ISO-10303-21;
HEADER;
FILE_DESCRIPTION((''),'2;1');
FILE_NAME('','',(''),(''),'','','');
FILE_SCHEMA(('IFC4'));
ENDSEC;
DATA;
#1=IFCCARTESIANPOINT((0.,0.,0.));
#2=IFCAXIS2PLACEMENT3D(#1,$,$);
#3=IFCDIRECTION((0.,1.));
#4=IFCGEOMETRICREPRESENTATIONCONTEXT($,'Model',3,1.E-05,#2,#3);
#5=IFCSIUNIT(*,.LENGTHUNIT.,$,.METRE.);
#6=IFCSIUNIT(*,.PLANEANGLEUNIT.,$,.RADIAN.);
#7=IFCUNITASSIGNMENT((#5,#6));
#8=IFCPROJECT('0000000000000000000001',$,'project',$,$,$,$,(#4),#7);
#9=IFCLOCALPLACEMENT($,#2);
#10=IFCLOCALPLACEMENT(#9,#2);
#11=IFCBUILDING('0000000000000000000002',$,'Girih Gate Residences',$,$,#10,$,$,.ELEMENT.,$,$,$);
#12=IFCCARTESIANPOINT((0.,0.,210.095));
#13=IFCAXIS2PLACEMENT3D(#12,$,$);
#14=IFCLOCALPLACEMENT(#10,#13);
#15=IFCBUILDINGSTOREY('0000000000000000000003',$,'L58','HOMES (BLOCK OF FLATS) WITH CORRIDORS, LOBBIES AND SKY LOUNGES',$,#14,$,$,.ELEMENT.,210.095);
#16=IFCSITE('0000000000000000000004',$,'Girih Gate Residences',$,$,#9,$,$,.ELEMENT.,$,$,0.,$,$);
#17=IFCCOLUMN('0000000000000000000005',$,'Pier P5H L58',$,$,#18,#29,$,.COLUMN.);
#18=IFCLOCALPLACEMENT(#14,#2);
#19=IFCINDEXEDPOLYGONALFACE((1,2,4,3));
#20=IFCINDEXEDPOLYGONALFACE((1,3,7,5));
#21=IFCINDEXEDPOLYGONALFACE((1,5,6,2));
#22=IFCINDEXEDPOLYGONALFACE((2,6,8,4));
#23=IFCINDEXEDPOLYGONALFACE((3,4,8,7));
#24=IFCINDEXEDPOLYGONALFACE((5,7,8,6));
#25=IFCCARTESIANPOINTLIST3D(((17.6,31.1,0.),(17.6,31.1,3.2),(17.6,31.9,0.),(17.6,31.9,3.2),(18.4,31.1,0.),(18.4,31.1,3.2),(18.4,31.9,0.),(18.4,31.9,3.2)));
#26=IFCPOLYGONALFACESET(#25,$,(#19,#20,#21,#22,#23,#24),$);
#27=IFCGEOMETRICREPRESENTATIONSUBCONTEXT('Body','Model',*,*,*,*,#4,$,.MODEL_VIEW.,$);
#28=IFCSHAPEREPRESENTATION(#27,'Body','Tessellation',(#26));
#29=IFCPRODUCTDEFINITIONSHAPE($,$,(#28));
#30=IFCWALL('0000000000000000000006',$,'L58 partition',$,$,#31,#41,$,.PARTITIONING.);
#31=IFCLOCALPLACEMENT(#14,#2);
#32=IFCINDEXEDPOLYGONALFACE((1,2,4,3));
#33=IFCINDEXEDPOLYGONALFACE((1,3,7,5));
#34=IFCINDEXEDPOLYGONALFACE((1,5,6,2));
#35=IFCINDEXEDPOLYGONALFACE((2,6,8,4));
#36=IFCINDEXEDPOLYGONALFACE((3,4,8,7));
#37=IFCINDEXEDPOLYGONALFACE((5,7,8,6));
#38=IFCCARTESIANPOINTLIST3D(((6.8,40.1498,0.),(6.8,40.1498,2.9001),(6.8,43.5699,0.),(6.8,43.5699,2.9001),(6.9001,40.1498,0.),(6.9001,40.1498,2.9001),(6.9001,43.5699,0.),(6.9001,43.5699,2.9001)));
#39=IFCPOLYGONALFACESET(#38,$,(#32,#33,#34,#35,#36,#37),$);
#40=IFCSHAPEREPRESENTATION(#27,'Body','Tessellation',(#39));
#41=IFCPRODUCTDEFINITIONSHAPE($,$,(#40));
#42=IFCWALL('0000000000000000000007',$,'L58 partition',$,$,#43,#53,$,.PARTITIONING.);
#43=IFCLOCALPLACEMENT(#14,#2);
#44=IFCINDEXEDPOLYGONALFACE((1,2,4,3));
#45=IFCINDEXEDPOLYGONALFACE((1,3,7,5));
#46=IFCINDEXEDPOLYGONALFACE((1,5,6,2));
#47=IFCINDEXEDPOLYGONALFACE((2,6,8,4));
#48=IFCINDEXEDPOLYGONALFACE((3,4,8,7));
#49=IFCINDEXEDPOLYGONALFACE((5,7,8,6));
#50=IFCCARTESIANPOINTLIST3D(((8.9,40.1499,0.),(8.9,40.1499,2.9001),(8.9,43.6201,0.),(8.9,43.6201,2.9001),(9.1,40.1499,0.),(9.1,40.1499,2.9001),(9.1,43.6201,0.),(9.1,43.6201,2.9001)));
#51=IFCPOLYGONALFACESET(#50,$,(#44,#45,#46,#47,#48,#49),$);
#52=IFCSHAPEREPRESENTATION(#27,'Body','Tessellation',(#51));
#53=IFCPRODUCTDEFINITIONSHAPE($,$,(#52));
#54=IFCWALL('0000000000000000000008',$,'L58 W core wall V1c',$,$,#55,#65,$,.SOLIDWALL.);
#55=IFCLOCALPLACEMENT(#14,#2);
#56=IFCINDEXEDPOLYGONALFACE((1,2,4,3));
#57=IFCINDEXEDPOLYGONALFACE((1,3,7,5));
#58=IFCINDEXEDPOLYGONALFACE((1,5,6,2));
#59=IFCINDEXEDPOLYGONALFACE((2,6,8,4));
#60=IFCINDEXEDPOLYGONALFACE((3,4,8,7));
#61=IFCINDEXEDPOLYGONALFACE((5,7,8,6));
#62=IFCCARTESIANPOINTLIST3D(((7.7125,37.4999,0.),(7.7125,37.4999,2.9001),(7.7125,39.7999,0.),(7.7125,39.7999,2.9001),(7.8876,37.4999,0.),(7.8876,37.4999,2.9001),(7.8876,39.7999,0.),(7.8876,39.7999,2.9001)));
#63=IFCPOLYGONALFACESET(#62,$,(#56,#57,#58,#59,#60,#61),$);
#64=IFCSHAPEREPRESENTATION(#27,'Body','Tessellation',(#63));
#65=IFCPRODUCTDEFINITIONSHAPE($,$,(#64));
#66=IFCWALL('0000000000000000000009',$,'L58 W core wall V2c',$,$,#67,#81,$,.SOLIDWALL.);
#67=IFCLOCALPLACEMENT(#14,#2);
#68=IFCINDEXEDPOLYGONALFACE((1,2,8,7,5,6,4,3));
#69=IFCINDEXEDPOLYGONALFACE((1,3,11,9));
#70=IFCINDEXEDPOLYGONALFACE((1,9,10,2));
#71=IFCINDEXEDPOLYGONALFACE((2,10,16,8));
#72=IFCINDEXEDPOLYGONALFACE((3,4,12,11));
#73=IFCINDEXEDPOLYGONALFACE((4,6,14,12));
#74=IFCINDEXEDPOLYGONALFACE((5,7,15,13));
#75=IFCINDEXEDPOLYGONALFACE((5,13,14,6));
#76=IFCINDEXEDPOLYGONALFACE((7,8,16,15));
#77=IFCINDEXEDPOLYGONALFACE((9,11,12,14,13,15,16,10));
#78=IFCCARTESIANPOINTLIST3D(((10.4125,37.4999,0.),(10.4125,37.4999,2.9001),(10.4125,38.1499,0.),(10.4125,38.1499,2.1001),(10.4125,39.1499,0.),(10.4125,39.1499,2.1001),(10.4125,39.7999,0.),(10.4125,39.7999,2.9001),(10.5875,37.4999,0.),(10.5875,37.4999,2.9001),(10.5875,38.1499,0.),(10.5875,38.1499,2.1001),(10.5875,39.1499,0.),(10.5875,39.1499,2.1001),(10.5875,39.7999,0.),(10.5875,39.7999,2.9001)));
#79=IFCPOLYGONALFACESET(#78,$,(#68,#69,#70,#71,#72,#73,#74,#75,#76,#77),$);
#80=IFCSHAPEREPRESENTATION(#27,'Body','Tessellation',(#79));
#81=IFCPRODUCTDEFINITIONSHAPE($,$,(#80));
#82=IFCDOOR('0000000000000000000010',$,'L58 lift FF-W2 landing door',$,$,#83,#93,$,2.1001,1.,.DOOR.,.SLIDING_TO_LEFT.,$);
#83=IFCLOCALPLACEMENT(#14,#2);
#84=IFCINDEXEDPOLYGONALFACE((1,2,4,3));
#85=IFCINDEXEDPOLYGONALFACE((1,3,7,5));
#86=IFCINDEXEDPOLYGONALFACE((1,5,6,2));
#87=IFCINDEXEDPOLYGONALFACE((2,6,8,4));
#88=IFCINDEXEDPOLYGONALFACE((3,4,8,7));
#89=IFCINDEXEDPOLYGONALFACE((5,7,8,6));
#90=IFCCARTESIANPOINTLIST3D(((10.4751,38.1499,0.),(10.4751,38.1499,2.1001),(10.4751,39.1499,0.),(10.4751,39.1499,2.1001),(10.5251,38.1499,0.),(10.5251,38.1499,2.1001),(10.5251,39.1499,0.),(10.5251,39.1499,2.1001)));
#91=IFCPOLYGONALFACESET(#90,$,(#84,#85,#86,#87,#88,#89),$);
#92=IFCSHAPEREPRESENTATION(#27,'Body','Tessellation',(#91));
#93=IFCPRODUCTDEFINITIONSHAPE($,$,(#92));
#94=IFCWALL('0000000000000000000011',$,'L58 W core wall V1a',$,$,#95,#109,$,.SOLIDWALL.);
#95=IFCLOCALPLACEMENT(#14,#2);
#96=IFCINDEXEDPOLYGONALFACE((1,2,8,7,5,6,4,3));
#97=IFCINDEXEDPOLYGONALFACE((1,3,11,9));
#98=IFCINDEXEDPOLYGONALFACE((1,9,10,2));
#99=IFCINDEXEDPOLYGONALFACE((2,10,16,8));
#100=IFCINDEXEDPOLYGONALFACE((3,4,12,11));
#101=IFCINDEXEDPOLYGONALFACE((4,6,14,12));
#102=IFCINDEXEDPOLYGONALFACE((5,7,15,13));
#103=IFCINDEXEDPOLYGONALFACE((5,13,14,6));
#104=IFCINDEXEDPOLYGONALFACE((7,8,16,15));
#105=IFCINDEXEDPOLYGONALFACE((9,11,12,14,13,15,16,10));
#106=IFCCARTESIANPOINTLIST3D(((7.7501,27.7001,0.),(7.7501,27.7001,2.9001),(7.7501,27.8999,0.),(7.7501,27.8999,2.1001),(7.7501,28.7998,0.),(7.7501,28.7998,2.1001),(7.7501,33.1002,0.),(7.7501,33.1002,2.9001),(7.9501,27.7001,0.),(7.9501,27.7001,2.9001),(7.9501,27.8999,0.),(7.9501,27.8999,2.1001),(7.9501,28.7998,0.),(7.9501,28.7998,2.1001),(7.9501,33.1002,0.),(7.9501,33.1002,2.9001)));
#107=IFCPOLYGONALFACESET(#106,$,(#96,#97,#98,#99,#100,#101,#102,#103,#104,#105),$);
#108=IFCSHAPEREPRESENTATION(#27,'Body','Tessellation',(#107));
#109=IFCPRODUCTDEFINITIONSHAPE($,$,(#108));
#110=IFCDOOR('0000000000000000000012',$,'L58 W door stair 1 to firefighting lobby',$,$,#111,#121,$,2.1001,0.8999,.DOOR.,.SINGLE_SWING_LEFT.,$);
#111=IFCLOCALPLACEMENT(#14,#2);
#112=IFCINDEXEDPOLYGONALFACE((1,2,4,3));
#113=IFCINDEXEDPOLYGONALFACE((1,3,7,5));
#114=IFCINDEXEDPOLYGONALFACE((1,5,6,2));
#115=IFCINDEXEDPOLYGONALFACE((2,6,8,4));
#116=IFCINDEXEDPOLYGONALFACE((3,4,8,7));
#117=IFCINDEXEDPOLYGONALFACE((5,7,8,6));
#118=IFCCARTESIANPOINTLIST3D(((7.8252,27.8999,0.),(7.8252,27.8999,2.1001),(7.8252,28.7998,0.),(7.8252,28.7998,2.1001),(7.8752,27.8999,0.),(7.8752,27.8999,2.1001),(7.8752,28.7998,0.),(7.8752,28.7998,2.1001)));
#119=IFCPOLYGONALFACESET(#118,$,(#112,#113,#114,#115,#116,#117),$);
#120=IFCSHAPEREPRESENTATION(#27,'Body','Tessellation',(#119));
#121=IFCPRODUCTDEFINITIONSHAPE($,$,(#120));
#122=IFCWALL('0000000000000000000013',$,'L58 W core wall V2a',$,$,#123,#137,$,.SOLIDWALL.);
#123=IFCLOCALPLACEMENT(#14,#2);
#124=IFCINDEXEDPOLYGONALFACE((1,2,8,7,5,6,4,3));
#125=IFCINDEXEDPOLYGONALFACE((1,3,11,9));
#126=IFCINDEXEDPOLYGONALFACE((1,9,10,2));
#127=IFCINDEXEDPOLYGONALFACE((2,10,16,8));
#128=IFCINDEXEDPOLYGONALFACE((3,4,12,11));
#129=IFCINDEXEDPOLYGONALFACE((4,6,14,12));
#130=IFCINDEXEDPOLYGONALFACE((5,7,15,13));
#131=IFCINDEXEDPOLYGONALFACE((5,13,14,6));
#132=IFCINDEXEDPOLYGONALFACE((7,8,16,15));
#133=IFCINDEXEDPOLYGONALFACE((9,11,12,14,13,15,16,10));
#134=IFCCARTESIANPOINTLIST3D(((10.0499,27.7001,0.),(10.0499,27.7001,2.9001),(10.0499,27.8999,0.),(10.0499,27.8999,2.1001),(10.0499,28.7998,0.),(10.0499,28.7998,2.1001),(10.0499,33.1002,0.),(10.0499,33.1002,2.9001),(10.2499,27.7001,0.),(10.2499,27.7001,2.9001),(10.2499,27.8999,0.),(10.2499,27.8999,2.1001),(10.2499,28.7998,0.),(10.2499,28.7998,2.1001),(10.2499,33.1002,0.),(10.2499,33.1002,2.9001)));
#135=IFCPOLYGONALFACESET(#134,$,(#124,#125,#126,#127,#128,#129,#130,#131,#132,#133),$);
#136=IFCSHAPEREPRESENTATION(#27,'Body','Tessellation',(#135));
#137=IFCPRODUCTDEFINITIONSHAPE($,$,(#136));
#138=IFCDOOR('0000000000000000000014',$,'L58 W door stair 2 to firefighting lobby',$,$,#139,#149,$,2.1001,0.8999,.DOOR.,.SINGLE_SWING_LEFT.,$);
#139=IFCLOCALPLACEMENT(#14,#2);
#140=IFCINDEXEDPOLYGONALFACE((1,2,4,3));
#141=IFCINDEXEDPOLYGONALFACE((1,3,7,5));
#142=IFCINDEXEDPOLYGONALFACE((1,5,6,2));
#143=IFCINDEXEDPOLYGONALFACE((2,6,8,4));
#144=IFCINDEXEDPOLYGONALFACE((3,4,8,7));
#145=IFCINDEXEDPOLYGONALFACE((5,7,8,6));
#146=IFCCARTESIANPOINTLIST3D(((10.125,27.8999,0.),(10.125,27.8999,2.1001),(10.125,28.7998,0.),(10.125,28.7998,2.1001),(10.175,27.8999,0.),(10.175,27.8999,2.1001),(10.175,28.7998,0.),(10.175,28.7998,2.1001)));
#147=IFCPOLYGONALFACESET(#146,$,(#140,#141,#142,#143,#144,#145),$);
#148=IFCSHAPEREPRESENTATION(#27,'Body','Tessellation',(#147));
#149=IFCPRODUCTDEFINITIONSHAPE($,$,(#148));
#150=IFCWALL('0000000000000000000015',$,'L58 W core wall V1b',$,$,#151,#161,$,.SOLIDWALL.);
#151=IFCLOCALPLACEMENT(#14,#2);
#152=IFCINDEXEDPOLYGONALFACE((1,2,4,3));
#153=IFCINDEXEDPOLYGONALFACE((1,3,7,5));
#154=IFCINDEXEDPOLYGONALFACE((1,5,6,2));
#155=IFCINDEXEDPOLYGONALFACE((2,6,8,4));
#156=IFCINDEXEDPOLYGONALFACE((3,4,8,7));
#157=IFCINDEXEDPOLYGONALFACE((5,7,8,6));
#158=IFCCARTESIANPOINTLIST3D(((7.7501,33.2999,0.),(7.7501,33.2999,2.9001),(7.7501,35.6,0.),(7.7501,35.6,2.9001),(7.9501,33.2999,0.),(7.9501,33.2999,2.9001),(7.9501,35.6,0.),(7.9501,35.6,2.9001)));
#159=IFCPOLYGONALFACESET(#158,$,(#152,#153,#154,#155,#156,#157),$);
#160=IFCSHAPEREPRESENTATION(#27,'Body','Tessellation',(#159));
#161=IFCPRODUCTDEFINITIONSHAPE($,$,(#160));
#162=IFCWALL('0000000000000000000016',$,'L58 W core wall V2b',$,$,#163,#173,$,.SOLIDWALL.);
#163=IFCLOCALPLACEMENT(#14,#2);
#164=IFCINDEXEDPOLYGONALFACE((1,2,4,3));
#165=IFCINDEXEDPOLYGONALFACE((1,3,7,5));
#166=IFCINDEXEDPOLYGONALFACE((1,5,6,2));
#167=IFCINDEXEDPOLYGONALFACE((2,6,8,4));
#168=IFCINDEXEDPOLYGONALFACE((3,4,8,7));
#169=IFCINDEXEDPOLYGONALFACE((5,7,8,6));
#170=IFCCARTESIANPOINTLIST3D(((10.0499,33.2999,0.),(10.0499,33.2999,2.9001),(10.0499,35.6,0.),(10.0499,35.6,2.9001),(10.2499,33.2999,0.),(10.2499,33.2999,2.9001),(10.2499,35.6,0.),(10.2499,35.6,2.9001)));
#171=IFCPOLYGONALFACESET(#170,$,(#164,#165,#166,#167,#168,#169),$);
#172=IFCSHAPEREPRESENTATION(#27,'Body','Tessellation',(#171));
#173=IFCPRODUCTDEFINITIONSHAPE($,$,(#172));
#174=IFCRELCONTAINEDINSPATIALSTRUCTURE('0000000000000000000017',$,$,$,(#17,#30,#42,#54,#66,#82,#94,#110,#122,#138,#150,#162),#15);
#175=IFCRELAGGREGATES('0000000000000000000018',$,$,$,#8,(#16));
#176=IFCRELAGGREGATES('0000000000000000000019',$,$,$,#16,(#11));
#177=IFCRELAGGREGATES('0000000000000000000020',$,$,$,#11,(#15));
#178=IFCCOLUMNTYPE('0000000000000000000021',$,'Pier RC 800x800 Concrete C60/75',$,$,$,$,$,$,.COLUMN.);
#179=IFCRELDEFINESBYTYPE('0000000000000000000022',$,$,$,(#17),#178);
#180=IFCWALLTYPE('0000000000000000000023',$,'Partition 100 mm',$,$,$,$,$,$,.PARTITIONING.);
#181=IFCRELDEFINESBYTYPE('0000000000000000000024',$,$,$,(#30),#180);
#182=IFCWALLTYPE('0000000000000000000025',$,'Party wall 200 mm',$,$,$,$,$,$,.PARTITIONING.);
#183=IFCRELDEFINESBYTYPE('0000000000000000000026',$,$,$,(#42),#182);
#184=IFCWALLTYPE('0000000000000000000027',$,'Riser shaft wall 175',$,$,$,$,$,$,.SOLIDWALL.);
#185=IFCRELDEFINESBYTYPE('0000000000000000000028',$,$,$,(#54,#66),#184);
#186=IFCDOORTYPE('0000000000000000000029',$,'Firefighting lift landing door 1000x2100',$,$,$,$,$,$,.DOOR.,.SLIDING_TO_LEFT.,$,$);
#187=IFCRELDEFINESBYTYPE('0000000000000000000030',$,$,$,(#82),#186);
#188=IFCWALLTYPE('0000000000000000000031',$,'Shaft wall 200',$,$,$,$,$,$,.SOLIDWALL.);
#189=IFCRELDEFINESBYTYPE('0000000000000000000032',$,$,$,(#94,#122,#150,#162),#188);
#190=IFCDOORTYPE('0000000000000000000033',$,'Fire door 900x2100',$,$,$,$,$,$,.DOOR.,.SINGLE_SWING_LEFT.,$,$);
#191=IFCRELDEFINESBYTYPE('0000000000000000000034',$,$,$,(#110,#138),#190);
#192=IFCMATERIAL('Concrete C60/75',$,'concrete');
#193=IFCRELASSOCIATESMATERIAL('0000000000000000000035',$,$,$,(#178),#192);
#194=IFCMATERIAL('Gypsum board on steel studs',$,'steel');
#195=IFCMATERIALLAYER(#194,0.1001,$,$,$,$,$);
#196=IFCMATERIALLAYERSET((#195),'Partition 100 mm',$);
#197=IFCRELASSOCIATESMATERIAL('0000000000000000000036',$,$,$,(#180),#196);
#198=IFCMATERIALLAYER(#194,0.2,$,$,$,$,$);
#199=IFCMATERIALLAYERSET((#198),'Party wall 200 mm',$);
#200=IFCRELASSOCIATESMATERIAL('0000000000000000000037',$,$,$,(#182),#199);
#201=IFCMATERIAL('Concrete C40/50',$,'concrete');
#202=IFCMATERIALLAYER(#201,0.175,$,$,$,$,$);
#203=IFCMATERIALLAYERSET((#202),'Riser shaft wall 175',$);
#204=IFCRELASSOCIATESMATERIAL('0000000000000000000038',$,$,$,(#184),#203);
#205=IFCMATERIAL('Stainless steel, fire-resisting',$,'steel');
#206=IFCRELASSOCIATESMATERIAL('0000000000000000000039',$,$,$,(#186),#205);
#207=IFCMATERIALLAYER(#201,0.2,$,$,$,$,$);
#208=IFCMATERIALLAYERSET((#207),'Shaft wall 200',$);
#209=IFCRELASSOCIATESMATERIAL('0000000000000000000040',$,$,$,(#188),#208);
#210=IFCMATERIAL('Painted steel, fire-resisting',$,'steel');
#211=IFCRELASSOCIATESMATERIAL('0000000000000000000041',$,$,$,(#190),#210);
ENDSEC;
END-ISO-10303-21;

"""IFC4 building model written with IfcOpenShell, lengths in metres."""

from ifc_helpers import new_model, si_unit, direction, frame, frame_2d, origin, origin_2d, place, context, subcontext, project, spatial, rectangle, extrude, material, layer, layer_set, material_profile, profile_set, type_object, element, fill, save


model = new_model("IFC4")

# Units and contexts
model_context = context("Model", 3, precision=1e-05, world=origin(), true_north=direction((0.0, 1.0)))
body_context = subcontext(model_context, "Body", "Model", "MODEL_VIEW")
ifc_project = project(units=[si_unit("LENGTHUNIT", "METRE"), si_unit("PLANEANGLEUNIT", "RADIAN")], contexts=[model_context])

# Site, building, storey
site_placement = place(None, origin())
site = spatial("IfcSite", under=ifc_project, at=site_placement, Name="Girih Gate Residences", CompositionType="ELEMENT", RefElevation=0.0)
building_placement = place(site_placement, origin())
building = spatial("IfcBuilding", under=site, at=building_placement, Name="Girih Gate Residences", CompositionType="ELEMENT")
storey_placement = place(building_placement, frame((0.0, 0.0, 210.095)))
storey = spatial("IfcBuildingStorey", under=building, at=storey_placement, Name="L58", Description="HOMES (BLOCK OF FLATS) WITH CORRIDORS, LOBBIES AND SKY LOUNGES", CompositionType="ELEMENT", Elevation=210.095)

# Column
ifc_material_1 = material(Name="Concrete C60/75", Category="concrete")
ifc_material_profile = material_profile(ifc_material_1, rectangle(XDim=0.8, YDim=0.8, at=origin_2d()))
ifc_profile_set = profile_set([ifc_material_profile], Name="Concrete C60/75")
column_type = type_object("IfcColumnType", Name="Pier RC 800x800 Concrete C60/75", PredefinedType="COLUMN", material=ifc_profile_set)
column_placement = place(storey_placement, frame((18.0, 31.5, 0.0), z_axis=(0.0, 0.0, 1.0), x_axis=(1.0, 0.0, 0.0)))
element("IfcColumn", 1, at=column_placement, inside=storey, type_object=column_type, Name="Pier P5H L58", PredefinedType="COLUMN", context=body_context, shape_type="SweptSolid", body=[
    extrude(rectangle(XDim=0.8, YDim=0.8, at=origin_2d()), origin(), (0.0, 0.0, 1.0), 3.2),
])

# Walls
ifc_material_2 = material(Name="Gypsum board on steel studs", Category="steel")
ifc_layer_1 = layer(ifc_material_2, 0.1001)
ifc_layer_set_1 = layer_set([ifc_layer_1], Name="Partition 100 mm")
wall_type_1 = type_object("IfcWallType", Name="Partition 100 mm", PredefinedType="PARTITIONING", material=ifc_layer_set_1)
wall_1_placement = place(storey_placement, frame((6.8501, 40.1499, 0.0), z_axis=(0.0, 0.0, 1.0), x_axis=(0.0, 1.0, 0.0)))
element("IfcWall", 2, at=wall_1_placement, inside=storey, type_object=wall_type_1, Name="L58 partition", PredefinedType="PARTITIONING", context=body_context, shape_type="SweptSolid", body=[
    extrude(rectangle(XDim=3.4202, YDim=0.1001, at=frame_2d((1.71, 0.0))), origin(), (0.0, 0.0, 1.0), 2.9001),
])
ifc_layer_2 = layer(ifc_material_2, 0.2)
ifc_layer_set_2 = layer_set([ifc_layer_2], Name="Party wall 200 mm")
wall_type_2 = type_object("IfcWallType", Name="Party wall 200 mm", PredefinedType="PARTITIONING", material=ifc_layer_set_2)
wall_2_placement = place(storey_placement, frame((9.0, 40.1499, 0.0), z_axis=(0.0, 0.0, 1.0), x_axis=(0.0, 1.0, 0.0)))
element("IfcWall", 3, at=wall_2_placement, inside=storey, type_object=wall_type_2, Name="L58 partition", PredefinedType="PARTITIONING", context=body_context, shape_type="SweptSolid", body=[
    extrude(rectangle(XDim=3.4702, YDim=0.2, at=frame_2d((1.7351, 0.0))), origin(), (0.0, 0.0, 1.0), 2.9001),
])
ifc_material_3 = material(Name="Concrete C40/50", Category="concrete")
ifc_layer_3 = layer(ifc_material_3, 0.175)
ifc_layer_set_3 = layer_set([ifc_layer_3], Name="Riser shaft wall 175")
wall_type_3 = type_object("IfcWallType", Name="Riser shaft wall 175", PredefinedType="SOLIDWALL", material=ifc_layer_set_3)
wall_3_placement = place(storey_placement, frame((7.8, 37.5, 0.0), z_axis=(0.0, 0.0, 1.0), x_axis=(0.0, 1.0, 0.0)))
element("IfcWall", 4, at=wall_3_placement, inside=storey, type_object=wall_type_3, Name="L58 W core wall V1c", PredefinedType="SOLIDWALL", context=body_context, shape_type="SweptSolid", body=[
    extrude(rectangle(XDim=2.3, YDim=0.175, at=frame_2d((1.1499, 0.0))), origin(), (0.0, 0.0, 1.0), 2.9001),
])

# Walls, openings, doors
wall_4_placement = place(storey_placement, frame((10.5, 37.5, 0.0), z_axis=(0.0, 0.0, 1.0), x_axis=(0.0, 1.0, 0.0)))
wall_4 = element("IfcWall", 5, at=wall_4_placement, inside=storey, type_object=wall_type_3, Name="L58 W core wall V2c", PredefinedType="SOLIDWALL", context=body_context, shape_type="SweptSolid", body=[
    extrude(rectangle(XDim=2.3, YDim=0.175, at=frame_2d((1.1499, 0.0))), origin(), (0.0, 0.0, 1.0), 2.9001),
])
opening_1_placement = place(wall_4_placement, frame((0.6499, 0.0, 0.0)))
opening_1 = element("IfcOpeningElement", 6, at=opening_1_placement, cuts=wall_4, PredefinedType="OPENING", context=body_context, shape_type="SweptSolid", body=[
    extrude(rectangle(XDim=1.0, YDim=2.1001, at=frame_2d((0.5, 1.05))), frame((0.0, 0.0974, 0.0), z_axis=(0.0, -1.0, 0.0), x_axis=(1.0, 0.0, 0.0)), (0.0, 0.0, 1.0), 0.1951),
])
ifc_material_4 = material(Name="Stainless steel, fire-resisting", Category="steel")
door_type_1 = type_object("IfcDoorType", Name="Firefighting lift landing door 1000x2100", OperationType="SLIDING_TO_LEFT", PredefinedType="DOOR", material=ifc_material_4)
door_1_placement = place(opening_1_placement, origin())
door_1 = element("IfcDoor", 7, at=door_1_placement, inside=storey, type_object=door_type_1, Name="L58 lift FF-W2 landing door", OperationType="SLIDING_TO_LEFT", OverallHeight=2.1001, OverallWidth=1.0, PredefinedType="DOOR", context=body_context, shape_type="SweptSolid", body=[
    extrude(rectangle(XDim=1.0, YDim=2.1001, at=frame_2d((0.5, 1.05))), frame((0.0, 0.0249, 0.0), z_axis=(0.0, -1.0, 0.0), x_axis=(1.0, 0.0, 0.0)), (0.0, 0.0, 1.0), 0.05),
])
fill(opening_1, door_1)
ifc_layer_4 = layer(ifc_material_3, 0.2)
ifc_layer_set_4 = layer_set([ifc_layer_4], Name="Shaft wall 200")
wall_type_4 = type_object("IfcWallType", Name="Shaft wall 200", PredefinedType="SOLIDWALL", material=ifc_layer_set_4)
wall_5_placement = place(storey_placement, frame((7.8501, 27.7, 0.0), z_axis=(0.0, 0.0, 1.0), x_axis=(0.0, 1.0, 0.0)))
wall_5 = element("IfcWall", 8, at=wall_5_placement, inside=storey, type_object=wall_type_4, Name="L58 W core wall V1a", PredefinedType="SOLIDWALL", context=body_context, shape_type="SweptSolid", body=[
    extrude(rectangle(XDim=5.4001, YDim=0.2, at=frame_2d((2.7002, 0.0))), origin(), (0.0, 0.0, 1.0), 2.9001),
])
opening_2_placement = place(wall_5_placement, frame((0.2, 0.0, 0.0)))
opening_2 = element("IfcOpeningElement", 9, at=opening_2_placement, cuts=wall_5, PredefinedType="OPENING", context=body_context, shape_type="SweptSolid", body=[
    extrude(rectangle(XDim=0.8999, YDim=2.1001, at=frame_2d((0.45, 1.05))), frame((0.0, 0.1099, 0.0), z_axis=(0.0, -1.0, 0.0), x_axis=(1.0, 0.0, 0.0)), (0.0, 0.0, 1.0), 0.22),
])
ifc_material_5 = material(Name="Painted steel, fire-resisting", Category="steel")
door_type_2 = type_object("IfcDoorType", Name="Fire door 900x2100", OperationType="SINGLE_SWING_LEFT", PredefinedType="DOOR", material=ifc_material_5)
door_2_placement = place(opening_2_placement, origin())
door_2 = element("IfcDoor", 10, at=door_2_placement, inside=storey, type_object=door_type_2, Name="L58 W door stair 1 to firefighting lobby", OperationType="SINGLE_SWING_LEFT", OverallHeight=2.1001, OverallWidth=0.8999, PredefinedType="DOOR", context=body_context, shape_type="SweptSolid", body=[
    extrude(rectangle(XDim=0.8999, YDim=2.1001, at=frame_2d((0.45, 1.05))), frame((0.0, 0.0249, 0.0), z_axis=(0.0, -1.0, 0.0), x_axis=(1.0, 0.0, 0.0)), (0.0, 0.0, 1.0), 0.05),
])
fill(opening_2, door_2)
wall_6_placement = place(storey_placement, frame((10.1499, 27.7, 0.0), z_axis=(0.0, 0.0, 1.0), x_axis=(0.0, 1.0, 0.0)))
wall_6 = element("IfcWall", 11, at=wall_6_placement, inside=storey, type_object=wall_type_4, Name="L58 W core wall V2a", PredefinedType="SOLIDWALL", context=body_context, shape_type="SweptSolid", body=[
    extrude(rectangle(XDim=5.4001, YDim=0.2, at=frame_2d((2.7002, 0.0))), origin(), (0.0, 0.0, 1.0), 2.9001),
])
opening_3_placement = place(wall_6_placement, frame((0.2, 0.0, 0.0)))
opening_3 = element("IfcOpeningElement", 12, at=opening_3_placement, cuts=wall_6, PredefinedType="OPENING", context=body_context, shape_type="SweptSolid", body=[
    extrude(rectangle(XDim=0.8999, YDim=2.1001, at=frame_2d((0.45, 1.05))), frame((0.0, 0.1099, 0.0), z_axis=(0.0, -1.0, 0.0), x_axis=(1.0, 0.0, 0.0)), (0.0, 0.0, 1.0), 0.22),
])
door_3_placement = place(opening_3_placement, origin())
door_3 = element("IfcDoor", 13, at=door_3_placement, inside=storey, type_object=door_type_2, Name="L58 W door stair 2 to firefighting lobby", OperationType="SINGLE_SWING_LEFT", OverallHeight=2.1001, OverallWidth=0.8999, PredefinedType="DOOR", context=body_context, shape_type="SweptSolid", body=[
    extrude(rectangle(XDim=0.8999, YDim=2.1001, at=frame_2d((0.45, 1.05))), frame((0.0, 0.0249, 0.0), z_axis=(0.0, -1.0, 0.0), x_axis=(1.0, 0.0, 0.0)), (0.0, 0.0, 1.0), 0.05),
])
fill(opening_3, door_3)

# Walls
for number, where, z_axis, x_axis, name in (
    (14, (7.8501, 33.3, 0.0), (0.0, 0.0, 1.0), (0.0, 1.0, 0.0), "L58 W core wall V1b"),
    (15, (10.1499, 33.3, 0.0), (0.0, 0.0, 1.0), (0.0, 1.0, 0.0), "L58 W core wall V2b"),
):
    element("IfcWall", number, at=place(storey_placement, frame(where, z_axis=z_axis, x_axis=x_axis)), inside=storey, type_object=wall_type_4, Name=name, PredefinedType="SOLIDWALL", context=body_context, shape_type="SweptSolid", body=[
        extrude(rectangle(XDim=2.3, YDim=0.2, at=frame_2d((1.1499, 0.0))), origin(), (0.0, 0.0, 1.0), 2.9001),
    ])

save(model, "model.ifc")
